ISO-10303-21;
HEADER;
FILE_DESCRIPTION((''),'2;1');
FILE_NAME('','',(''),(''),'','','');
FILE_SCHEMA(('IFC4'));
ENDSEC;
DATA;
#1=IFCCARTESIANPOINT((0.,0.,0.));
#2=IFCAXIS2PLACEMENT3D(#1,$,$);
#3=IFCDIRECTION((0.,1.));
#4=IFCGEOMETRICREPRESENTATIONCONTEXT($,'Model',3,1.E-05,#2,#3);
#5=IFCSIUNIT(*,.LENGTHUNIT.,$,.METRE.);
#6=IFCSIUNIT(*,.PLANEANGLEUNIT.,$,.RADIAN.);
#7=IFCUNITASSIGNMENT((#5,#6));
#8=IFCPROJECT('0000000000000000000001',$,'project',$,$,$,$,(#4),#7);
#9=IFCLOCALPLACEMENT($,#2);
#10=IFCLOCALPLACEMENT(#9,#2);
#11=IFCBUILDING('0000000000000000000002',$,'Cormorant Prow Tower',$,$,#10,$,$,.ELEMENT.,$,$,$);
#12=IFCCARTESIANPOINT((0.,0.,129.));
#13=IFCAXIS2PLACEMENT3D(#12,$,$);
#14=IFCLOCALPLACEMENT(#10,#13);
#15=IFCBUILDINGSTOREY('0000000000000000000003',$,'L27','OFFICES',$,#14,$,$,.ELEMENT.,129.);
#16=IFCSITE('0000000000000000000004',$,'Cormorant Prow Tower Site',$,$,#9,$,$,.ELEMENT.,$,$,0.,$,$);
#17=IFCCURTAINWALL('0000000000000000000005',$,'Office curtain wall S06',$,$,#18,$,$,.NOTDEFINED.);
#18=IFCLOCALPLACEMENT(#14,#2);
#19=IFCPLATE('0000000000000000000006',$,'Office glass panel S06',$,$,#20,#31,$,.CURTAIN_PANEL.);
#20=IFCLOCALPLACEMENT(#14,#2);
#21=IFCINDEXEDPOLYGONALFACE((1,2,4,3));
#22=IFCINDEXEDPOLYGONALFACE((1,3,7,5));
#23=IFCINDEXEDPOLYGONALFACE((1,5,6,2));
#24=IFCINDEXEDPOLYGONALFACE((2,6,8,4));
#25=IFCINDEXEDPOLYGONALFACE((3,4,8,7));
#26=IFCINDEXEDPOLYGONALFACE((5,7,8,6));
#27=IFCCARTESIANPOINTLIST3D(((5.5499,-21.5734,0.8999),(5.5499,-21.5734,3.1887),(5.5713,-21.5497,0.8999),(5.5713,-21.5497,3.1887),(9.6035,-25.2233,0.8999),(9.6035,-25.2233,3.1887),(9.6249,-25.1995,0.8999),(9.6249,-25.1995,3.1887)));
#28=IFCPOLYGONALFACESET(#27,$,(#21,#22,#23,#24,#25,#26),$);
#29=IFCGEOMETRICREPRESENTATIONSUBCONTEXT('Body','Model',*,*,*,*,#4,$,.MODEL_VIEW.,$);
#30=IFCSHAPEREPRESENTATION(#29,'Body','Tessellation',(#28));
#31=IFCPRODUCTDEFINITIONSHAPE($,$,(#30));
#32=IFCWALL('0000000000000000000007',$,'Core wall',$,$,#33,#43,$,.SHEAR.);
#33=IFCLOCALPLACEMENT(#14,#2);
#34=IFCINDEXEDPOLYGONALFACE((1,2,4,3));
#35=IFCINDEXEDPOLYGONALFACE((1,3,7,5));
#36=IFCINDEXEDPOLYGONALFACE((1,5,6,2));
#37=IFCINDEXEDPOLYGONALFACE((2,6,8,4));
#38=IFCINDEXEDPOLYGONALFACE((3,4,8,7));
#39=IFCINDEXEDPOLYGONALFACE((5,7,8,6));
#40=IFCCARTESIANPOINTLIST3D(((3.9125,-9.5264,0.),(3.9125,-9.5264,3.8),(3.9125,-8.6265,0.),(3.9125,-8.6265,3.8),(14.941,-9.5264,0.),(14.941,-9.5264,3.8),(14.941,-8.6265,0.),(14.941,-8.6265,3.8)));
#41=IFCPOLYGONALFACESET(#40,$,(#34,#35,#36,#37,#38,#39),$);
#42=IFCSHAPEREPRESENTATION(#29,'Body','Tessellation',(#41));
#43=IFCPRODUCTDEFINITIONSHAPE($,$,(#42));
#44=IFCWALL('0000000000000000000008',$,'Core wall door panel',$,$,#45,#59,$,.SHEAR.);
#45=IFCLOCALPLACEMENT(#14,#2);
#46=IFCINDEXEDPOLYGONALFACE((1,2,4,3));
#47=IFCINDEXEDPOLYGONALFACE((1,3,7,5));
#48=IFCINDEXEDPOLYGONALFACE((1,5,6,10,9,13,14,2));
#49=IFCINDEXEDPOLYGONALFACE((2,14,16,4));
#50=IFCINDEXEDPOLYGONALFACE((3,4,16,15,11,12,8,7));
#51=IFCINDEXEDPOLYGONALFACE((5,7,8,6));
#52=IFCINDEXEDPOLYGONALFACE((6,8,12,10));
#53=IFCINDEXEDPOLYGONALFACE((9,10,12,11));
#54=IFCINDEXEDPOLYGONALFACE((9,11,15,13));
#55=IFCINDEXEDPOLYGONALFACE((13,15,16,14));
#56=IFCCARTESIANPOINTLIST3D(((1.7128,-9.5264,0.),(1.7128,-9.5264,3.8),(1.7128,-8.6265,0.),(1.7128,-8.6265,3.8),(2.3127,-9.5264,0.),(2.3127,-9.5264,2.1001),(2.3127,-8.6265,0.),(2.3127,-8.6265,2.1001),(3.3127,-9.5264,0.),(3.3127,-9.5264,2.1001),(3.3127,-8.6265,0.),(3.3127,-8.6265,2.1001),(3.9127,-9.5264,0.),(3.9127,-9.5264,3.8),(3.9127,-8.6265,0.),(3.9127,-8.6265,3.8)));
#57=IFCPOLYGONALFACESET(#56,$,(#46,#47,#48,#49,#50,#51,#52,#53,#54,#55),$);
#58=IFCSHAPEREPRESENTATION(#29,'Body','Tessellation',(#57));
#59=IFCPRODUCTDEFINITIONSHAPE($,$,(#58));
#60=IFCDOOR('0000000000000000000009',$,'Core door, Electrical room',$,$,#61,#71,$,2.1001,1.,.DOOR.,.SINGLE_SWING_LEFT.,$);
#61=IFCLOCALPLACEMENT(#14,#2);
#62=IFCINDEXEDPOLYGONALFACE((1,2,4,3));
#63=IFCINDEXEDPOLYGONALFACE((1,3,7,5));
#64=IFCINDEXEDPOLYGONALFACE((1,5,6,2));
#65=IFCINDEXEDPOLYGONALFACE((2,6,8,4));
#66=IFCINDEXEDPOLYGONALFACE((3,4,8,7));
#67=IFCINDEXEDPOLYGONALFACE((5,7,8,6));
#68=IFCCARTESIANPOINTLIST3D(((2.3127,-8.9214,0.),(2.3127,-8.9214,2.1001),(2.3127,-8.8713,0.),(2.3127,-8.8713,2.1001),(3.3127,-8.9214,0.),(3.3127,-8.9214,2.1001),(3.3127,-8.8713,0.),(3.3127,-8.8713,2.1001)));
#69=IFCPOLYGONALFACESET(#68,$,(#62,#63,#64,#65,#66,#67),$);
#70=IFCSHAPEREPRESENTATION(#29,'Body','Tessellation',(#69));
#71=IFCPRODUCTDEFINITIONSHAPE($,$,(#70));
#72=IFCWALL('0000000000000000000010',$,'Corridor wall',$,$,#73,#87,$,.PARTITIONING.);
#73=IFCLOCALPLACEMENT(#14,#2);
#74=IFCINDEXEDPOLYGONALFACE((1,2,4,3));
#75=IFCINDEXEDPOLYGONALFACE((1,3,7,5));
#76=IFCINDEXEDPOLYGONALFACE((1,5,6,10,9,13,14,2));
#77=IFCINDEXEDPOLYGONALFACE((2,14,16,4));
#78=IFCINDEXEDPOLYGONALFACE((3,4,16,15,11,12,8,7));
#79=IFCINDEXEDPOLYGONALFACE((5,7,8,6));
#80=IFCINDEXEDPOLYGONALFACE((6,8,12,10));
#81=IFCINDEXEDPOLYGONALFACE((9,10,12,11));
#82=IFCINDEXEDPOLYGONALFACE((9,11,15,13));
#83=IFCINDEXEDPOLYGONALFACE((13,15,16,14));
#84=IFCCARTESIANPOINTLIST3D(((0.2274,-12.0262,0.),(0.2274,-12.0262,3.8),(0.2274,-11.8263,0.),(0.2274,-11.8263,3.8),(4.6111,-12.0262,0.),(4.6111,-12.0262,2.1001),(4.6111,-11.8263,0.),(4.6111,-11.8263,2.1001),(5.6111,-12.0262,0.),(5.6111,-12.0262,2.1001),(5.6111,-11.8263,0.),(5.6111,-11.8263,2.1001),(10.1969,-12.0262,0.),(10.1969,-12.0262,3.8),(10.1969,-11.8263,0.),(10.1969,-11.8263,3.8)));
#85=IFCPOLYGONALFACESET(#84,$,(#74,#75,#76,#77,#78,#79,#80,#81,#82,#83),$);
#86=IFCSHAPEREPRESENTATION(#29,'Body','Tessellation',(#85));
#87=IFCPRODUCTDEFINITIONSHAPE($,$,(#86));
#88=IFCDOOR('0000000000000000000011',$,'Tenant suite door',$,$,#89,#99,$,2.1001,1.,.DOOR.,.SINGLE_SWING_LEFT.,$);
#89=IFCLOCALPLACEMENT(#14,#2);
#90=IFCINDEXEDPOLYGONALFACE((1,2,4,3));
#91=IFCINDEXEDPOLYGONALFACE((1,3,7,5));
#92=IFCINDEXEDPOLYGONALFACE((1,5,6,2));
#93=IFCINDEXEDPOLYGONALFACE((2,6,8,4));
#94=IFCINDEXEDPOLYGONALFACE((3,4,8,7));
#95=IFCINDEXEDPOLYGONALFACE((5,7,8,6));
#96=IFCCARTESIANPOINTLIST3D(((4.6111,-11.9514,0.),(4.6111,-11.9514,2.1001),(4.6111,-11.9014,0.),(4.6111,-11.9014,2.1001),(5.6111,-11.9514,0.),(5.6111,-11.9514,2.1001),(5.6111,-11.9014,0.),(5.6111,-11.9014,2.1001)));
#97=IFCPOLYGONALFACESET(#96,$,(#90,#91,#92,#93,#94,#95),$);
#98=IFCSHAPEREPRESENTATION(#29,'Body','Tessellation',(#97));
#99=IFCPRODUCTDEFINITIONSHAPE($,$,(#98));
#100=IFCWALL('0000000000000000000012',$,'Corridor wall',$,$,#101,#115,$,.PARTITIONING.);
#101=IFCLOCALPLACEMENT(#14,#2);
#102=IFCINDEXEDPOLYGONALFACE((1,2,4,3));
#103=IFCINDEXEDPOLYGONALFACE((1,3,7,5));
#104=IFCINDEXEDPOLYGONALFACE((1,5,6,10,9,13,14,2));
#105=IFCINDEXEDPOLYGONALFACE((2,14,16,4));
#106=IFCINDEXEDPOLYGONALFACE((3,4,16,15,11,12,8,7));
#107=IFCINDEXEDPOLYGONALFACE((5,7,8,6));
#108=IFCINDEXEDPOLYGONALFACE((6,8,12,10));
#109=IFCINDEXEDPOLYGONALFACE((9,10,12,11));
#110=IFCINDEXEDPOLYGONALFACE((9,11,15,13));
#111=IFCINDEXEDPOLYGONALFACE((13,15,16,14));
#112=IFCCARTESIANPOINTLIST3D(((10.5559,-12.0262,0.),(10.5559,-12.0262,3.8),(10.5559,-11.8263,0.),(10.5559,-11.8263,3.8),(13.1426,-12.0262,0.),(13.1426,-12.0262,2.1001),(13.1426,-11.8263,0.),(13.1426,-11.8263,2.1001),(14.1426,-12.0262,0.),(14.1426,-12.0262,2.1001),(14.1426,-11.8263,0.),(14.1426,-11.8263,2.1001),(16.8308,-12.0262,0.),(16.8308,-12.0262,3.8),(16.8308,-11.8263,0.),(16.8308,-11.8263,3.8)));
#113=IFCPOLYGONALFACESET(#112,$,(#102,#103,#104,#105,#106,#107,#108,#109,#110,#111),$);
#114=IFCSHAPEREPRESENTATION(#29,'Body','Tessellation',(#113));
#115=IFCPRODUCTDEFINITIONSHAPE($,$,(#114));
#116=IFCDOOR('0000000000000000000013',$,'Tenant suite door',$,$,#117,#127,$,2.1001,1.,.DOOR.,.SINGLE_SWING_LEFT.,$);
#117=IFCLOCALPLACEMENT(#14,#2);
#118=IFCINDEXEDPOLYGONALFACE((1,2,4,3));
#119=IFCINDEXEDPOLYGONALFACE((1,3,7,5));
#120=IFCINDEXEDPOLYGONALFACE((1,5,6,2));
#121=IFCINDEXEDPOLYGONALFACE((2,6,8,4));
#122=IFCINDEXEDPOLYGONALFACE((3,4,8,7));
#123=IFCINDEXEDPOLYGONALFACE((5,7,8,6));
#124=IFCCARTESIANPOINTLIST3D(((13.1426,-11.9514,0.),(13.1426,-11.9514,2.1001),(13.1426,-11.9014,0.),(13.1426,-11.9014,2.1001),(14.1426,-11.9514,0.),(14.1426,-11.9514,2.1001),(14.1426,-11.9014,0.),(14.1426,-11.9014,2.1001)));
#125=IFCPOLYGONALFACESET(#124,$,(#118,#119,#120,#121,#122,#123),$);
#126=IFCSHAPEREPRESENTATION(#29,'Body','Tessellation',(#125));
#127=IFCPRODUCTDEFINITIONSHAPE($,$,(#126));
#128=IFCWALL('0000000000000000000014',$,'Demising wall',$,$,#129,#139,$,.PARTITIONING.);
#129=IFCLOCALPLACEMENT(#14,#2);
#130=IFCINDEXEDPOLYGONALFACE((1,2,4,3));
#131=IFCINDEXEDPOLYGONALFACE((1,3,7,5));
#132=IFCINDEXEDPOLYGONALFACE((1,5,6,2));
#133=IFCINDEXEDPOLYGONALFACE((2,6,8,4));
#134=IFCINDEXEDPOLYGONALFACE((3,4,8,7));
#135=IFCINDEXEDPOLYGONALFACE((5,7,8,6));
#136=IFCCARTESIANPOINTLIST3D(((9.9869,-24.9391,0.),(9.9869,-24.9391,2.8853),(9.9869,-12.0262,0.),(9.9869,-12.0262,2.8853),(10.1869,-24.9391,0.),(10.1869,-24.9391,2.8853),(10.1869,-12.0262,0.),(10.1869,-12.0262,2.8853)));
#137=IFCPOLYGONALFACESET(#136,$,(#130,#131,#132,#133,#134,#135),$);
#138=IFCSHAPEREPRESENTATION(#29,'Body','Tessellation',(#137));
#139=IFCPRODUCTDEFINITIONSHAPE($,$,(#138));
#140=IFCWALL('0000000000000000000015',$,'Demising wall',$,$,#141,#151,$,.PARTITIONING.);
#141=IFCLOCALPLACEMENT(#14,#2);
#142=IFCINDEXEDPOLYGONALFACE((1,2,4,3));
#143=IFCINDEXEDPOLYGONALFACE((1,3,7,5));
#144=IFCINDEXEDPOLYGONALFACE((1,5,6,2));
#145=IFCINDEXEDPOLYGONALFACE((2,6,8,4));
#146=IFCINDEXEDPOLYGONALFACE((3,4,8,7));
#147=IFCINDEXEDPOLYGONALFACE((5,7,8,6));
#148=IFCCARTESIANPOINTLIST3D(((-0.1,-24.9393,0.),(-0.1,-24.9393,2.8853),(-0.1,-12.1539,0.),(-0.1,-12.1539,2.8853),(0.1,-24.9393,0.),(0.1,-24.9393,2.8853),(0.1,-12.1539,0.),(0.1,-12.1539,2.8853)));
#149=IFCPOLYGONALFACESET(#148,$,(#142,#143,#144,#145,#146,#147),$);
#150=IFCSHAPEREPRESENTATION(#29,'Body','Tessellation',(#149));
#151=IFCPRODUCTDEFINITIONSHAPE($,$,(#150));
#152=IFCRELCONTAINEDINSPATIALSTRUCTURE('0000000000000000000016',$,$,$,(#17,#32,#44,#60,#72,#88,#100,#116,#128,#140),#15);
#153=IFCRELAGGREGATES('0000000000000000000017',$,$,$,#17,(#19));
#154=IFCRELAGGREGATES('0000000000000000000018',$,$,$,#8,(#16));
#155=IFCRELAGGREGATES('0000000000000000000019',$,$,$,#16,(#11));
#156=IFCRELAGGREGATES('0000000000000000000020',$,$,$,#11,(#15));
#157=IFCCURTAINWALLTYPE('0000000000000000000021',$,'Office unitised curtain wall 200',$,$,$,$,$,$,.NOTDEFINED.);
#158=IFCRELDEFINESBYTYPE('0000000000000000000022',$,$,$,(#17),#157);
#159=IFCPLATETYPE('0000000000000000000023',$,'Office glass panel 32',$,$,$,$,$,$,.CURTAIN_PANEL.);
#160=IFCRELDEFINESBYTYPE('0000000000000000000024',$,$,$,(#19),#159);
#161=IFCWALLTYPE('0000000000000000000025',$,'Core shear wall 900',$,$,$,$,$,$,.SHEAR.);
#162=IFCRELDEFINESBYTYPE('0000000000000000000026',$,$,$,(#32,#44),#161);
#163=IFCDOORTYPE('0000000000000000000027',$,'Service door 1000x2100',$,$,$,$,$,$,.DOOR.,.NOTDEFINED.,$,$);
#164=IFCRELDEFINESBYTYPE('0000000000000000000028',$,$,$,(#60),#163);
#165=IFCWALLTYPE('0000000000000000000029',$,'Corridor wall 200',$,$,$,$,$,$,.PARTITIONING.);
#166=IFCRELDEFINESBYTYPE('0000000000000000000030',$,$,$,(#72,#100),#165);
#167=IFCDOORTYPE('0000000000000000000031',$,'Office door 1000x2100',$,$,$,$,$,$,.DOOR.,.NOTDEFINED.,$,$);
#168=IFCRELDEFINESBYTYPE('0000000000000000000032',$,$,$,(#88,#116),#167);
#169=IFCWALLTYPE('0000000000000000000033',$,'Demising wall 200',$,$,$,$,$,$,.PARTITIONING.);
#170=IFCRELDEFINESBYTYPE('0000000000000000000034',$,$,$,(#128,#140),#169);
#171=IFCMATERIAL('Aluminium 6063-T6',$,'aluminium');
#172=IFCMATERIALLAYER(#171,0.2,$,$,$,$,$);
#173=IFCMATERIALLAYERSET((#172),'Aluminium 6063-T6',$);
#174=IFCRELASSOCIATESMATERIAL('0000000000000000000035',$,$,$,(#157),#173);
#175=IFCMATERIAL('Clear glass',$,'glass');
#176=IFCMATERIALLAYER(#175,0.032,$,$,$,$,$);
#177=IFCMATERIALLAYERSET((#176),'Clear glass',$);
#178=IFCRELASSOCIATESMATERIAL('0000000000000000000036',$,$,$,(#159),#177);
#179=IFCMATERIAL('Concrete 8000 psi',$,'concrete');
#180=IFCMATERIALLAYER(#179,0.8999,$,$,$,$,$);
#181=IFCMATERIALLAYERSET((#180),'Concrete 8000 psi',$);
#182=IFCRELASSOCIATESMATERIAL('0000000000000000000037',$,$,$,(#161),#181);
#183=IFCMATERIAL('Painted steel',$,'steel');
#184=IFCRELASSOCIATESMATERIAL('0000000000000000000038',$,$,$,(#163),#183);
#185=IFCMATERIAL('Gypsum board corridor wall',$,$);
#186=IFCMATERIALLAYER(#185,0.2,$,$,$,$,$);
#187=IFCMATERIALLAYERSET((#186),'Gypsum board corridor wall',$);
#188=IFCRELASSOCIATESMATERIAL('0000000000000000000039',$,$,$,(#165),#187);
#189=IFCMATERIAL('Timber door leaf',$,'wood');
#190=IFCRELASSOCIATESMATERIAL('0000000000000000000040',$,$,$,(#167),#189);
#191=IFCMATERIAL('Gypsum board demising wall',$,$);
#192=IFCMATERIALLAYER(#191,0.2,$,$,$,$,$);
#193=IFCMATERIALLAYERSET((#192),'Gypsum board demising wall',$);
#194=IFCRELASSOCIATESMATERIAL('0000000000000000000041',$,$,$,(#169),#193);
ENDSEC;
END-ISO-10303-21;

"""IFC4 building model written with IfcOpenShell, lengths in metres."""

from ifc_helpers import new_model, si_unit, direction, frame, frame_2d, origin, origin_2d, place, context, subcontext, project, spatial, rectangle, extrude, material, layer, layer_set, type_object, element, fill, aggregate, save


model = new_model("IFC4")

# Units and contexts
model_context = context("Model", 3, precision=1e-05, world=origin(), true_north=direction((0.0, 1.0)))
body_context = subcontext(model_context, "Body", "Model", "MODEL_VIEW")
ifc_project = project(units=[si_unit("LENGTHUNIT", "METRE"), si_unit("PLANEANGLEUNIT", "RADIAN")], contexts=[model_context])

# Site, building, storey
site_placement = place(None, origin())
site = spatial("IfcSite", under=ifc_project, at=site_placement, Name="Cormorant Prow Tower Site", CompositionType="ELEMENT", RefElevation=0.0)
building_placement = place(site_placement, origin())
building = spatial("IfcBuilding", under=site, at=building_placement, Name="Cormorant Prow Tower", CompositionType="ELEMENT")
storey_placement = place(building_placement, frame((0.0, 0.0, 129.0)))
storey = spatial("IfcBuildingStorey", under=building, at=storey_placement, Name="L27", Description="OFFICES", CompositionType="ELEMENT", Elevation=129.0)

# Curtain wall
ifc_material_1 = material(Name="Aluminium 6063-T6", Category="aluminium")
ifc_layer_1 = layer(ifc_material_1, 0.2)
ifc_layer_set_1 = layer_set([ifc_layer_1], Name="Aluminium 6063-T6")
curtain_wall_type = type_object("IfcCurtainWallType", Name="Office unitised curtain wall 200", PredefinedType="NOTDEFINED", material=ifc_layer_set_1)
curtain_wall_placement = place(storey_placement, origin())
curtain_wall = element("IfcCurtainWall", 1, at=curtain_wall_placement, inside=storey, type_object=curtain_wall_type, Name="Office curtain wall S06", PredefinedType="NOTDEFINED")

# Plate
ifc_material_2 = material(Name="Clear glass", Category="glass")
ifc_layer_2 = layer(ifc_material_2, 0.032)
ifc_layer_set_2 = layer_set([ifc_layer_2], Name="Clear glass")
plate_type = type_object("IfcPlateType", Name="Office glass panel 32", PredefinedType="CURTAIN_PANEL", material=ifc_layer_set_2)
plate_placement = place(storey_placement, frame((7.5874, -23.3865, 0.8999), z_axis=(0.0, 0.0, 1.0), x_axis=(0.743145, -0.669131, 0.0)))
plate = element("IfcPlate", 2, at=plate_placement, type_object=plate_type, Name="Office glass panel S06", PredefinedType="CURTAIN_PANEL", context=body_context, shape_type="SweptSolid", body=[
    extrude(rectangle(XDim=5.4546, YDim=0.032, at=origin_2d()), origin(), (0.0, 0.0, 1.0), 2.2888),
])
aggregate(curtain_wall, [plate])

# Wall
ifc_material_3 = material(Name="Concrete 8000 psi", Category="concrete")
ifc_layer_3 = layer(ifc_material_3, 0.8999)
ifc_layer_set_3 = layer_set([ifc_layer_3], Name="Concrete 8000 psi")
wall_type_1 = type_object("IfcWallType", Name="Core shear wall 900", PredefinedType="SHEAR", material=ifc_layer_set_3)
wall_1_placement = place(storey_placement, frame((3.9126, -9.0764, 0.0), z_axis=(0.0, 0.0, 1.0), x_axis=(1.0, 0.0, 0.0)))
element("IfcWall", 3, at=wall_1_placement, inside=storey, type_object=wall_type_1, Name="Core wall", PredefinedType="SHEAR", context=body_context, shape_type="SweptSolid", body=[
    extrude(rectangle(XDim=11.0286, YDim=0.8999, at=frame_2d((5.5142, 0.0))), origin(), (0.0, 0.0, 1.0), 3.8),
])

# Walls, openings, doors
wall_2_placement = place(storey_placement, frame((1.7126, -9.0764, 0.0), z_axis=(0.0, 0.0, 1.0), x_axis=(1.0, 0.0, 0.0)))
wall_2 = element("IfcWall", 4, at=wall_2_placement, inside=storey, type_object=wall_type_1, Name="Core wall door panel", PredefinedType="SHEAR", context=body_context, shape_type="SweptSolid", body=[
    extrude(rectangle(XDim=2.2, YDim=0.8999, at=frame_2d((1.1001, 0.0))), origin(), (0.0, 0.0, 1.0), 3.8),
])
opening_1_placement = place(wall_2_placement, frame((0.6001, 0.0, 0.0)))
opening_1 = element("IfcOpeningElement", 5, at=opening_1_placement, cuts=wall_2, PredefinedType="OPENING", context=body_context, shape_type="SweptSolid", body=[
    extrude(rectangle(XDim=1.0, YDim=2.1001, at=frame_2d((0.5, 1.05))), frame((0.0, 0.46, 0.0), z_axis=(0.0, -1.0, 0.0), x_axis=(1.0, 0.0, 0.0)), (0.0, 0.0, 1.0), 0.9199),
])
ifc_material_4 = material(Name="Painted steel", Category="steel")
door_type_1 = type_object("IfcDoorType", Name="Service door 1000x2100", OperationType="NOTDEFINED", PredefinedType="DOOR", material=ifc_material_4)
door_1_placement = place(opening_1_placement, origin())
door_1 = element("IfcDoor", 6, at=door_1_placement, inside=storey, type_object=door_type_1, Name="Core door, Electrical room", OperationType="SINGLE_SWING_LEFT", OverallHeight=2.1001, OverallWidth=1.0, PredefinedType="DOOR", context=body_context, shape_type="SweptSolid", body=[
    extrude(rectangle(XDim=1.0, YDim=2.1001, at=frame_2d((0.5, 1.05))), frame((0.0, 0.2051, 0.0), z_axis=(0.0, -1.0, 0.0), x_axis=(1.0, 0.0, 0.0)), (0.0, 0.0, 1.0), 0.05),
])
fill(opening_1, door_1)
ifc_material_5 = material(Name="Gypsum board corridor wall")
ifc_layer_4 = layer(ifc_material_5, 0.2)
ifc_layer_set_4 = layer_set([ifc_layer_4], Name="Gypsum board corridor wall")
wall_type_2 = type_object("IfcWallType", Name="Corridor wall 200", PredefinedType="PARTITIONING", material=ifc_layer_set_4)
wall_3_placement = place(storey_placement, frame((0.2273, -11.9263, 0.0), z_axis=(0.0, 0.0, 1.0), x_axis=(1.0, 0.0, 0.0)))
wall_3 = element("IfcWall", 7, at=wall_3_placement, inside=storey, type_object=wall_type_2, Name="Corridor wall", PredefinedType="PARTITIONING", context=body_context, shape_type="SweptSolid", body=[
    extrude(rectangle(XDim=9.9695, YDim=0.2, at=frame_2d((4.9849, 0.0))), origin(), (0.0, 0.0, 1.0), 3.8),
])
opening_2_placement = place(wall_3_placement, frame((4.3838, 0.0, 0.0)))
opening_2 = element("IfcOpeningElement", 8, at=opening_2_placement, cuts=wall_3, PredefinedType="OPENING", context=body_context, shape_type="SweptSolid", body=[
    extrude(rectangle(XDim=1.0, YDim=2.1001, at=frame_2d((0.5, 1.05))), frame((0.0, 0.1099, 0.0), z_axis=(0.0, -1.0, 0.0), x_axis=(1.0, 0.0, 0.0)), (0.0, 0.0, 1.0), 0.22),
])
ifc_material_6 = material(Name="Timber door leaf", Category="wood")
door_type_2 = type_object("IfcDoorType", Name="Office door 1000x2100", OperationType="NOTDEFINED", PredefinedType="DOOR", material=ifc_material_6)
door_2_placement = place(opening_2_placement, origin())
door_2 = element("IfcDoor", 9, at=door_2_placement, inside=storey, type_object=door_type_2, Name="Tenant suite door", OperationType="SINGLE_SWING_LEFT", OverallHeight=2.1001, OverallWidth=1.0, PredefinedType="DOOR", context=body_context, shape_type="SweptSolid", body=[
    extrude(rectangle(XDim=1.0, YDim=2.1001, at=frame_2d((0.5, 1.05))), frame((0.0, 0.0249, 0.0), z_axis=(0.0, -1.0, 0.0), x_axis=(1.0, 0.0, 0.0)), (0.0, 0.0, 1.0), 0.05),
])
fill(opening_2, door_2)
wall_4_placement = place(storey_placement, frame((10.5559, -11.9263, 0.0), z_axis=(0.0, 0.0, 1.0), x_axis=(1.0, 0.0, 0.0)))
wall_4 = element("IfcWall", 10, at=wall_4_placement, inside=storey, type_object=wall_type_2, Name="Corridor wall", PredefinedType="PARTITIONING", context=body_context, shape_type="SweptSolid", body=[
    extrude(rectangle(XDim=6.2749, YDim=0.2, at=frame_2d((3.1375, 0.0))), origin(), (0.0, 0.0, 1.0), 3.8),
])
opening_3_placement = place(wall_4_placement, frame((2.5867, 0.0, 0.0)))
opening_3 = element("IfcOpeningElement", 11, at=opening_3_placement, cuts=wall_4, PredefinedType="OPENING", context=body_context, shape_type="SweptSolid", body=[
    extrude(rectangle(XDim=1.0, YDim=2.1001, at=frame_2d((0.5, 1.05))), frame((0.0, 0.1099, 0.0), z_axis=(0.0, -1.0, 0.0), x_axis=(1.0, 0.0, 0.0)), (0.0, 0.0, 1.0), 0.22),
])
door_3_placement = place(opening_3_placement, origin())
door_3 = element("IfcDoor", 12, at=door_3_placement, inside=storey, type_object=door_type_2, Name="Tenant suite door", OperationType="SINGLE_SWING_LEFT", OverallHeight=2.1001, OverallWidth=1.0, PredefinedType="DOOR", context=body_context, shape_type="SweptSolid", body=[
    extrude(rectangle(XDim=1.0, YDim=2.1001, at=frame_2d((0.5, 1.05))), frame((0.0, 0.0249, 0.0), z_axis=(0.0, -1.0, 0.0), x_axis=(1.0, 0.0, 0.0)), (0.0, 0.0, 1.0), 0.05),
])
fill(opening_3, door_3)

# Walls
ifc_material_7 = material(Name="Gypsum board demising wall")
ifc_layer_5 = layer(ifc_material_7, 0.2)
ifc_layer_set_5 = layer_set([ifc_layer_5], Name="Gypsum board demising wall")
wall_type_3 = type_object("IfcWallType", Name="Demising wall 200", PredefinedType="PARTITIONING", material=ifc_layer_set_5)
wall_5_placement = place(storey_placement, frame((10.0869, -24.9392, 0.0), z_axis=(0.0, 0.0, 1.0), x_axis=(0.0, 1.0, 0.0)))
element("IfcWall", 13, at=wall_5_placement, inside=storey, type_object=wall_type_3, Name="Demising wall", PredefinedType="PARTITIONING", context=body_context, shape_type="SweptSolid", body=[
    extrude(rectangle(XDim=12.9128, YDim=0.2, at=frame_2d((6.4565, 0.0))), origin(), (0.0, 0.0, 1.0), 2.8853),
])
wall_6_placement = place(storey_placement, frame((0.0, -24.9392, 0.0), z_axis=(0.0, 0.0, 1.0), x_axis=(0.0, 1.0, 0.0)))
element("IfcWall", 14, at=wall_6_placement, inside=storey, type_object=wall_type_3, Name="Demising wall", PredefinedType="PARTITIONING", context=body_context, shape_type="SweptSolid", body=[
    extrude(rectangle(XDim=12.7854, YDim=0.2, at=frame_2d((6.3926, 0.0))), origin(), (0.0, 0.0, 1.0), 2.8853),
])

save(model, "model.ifc")
